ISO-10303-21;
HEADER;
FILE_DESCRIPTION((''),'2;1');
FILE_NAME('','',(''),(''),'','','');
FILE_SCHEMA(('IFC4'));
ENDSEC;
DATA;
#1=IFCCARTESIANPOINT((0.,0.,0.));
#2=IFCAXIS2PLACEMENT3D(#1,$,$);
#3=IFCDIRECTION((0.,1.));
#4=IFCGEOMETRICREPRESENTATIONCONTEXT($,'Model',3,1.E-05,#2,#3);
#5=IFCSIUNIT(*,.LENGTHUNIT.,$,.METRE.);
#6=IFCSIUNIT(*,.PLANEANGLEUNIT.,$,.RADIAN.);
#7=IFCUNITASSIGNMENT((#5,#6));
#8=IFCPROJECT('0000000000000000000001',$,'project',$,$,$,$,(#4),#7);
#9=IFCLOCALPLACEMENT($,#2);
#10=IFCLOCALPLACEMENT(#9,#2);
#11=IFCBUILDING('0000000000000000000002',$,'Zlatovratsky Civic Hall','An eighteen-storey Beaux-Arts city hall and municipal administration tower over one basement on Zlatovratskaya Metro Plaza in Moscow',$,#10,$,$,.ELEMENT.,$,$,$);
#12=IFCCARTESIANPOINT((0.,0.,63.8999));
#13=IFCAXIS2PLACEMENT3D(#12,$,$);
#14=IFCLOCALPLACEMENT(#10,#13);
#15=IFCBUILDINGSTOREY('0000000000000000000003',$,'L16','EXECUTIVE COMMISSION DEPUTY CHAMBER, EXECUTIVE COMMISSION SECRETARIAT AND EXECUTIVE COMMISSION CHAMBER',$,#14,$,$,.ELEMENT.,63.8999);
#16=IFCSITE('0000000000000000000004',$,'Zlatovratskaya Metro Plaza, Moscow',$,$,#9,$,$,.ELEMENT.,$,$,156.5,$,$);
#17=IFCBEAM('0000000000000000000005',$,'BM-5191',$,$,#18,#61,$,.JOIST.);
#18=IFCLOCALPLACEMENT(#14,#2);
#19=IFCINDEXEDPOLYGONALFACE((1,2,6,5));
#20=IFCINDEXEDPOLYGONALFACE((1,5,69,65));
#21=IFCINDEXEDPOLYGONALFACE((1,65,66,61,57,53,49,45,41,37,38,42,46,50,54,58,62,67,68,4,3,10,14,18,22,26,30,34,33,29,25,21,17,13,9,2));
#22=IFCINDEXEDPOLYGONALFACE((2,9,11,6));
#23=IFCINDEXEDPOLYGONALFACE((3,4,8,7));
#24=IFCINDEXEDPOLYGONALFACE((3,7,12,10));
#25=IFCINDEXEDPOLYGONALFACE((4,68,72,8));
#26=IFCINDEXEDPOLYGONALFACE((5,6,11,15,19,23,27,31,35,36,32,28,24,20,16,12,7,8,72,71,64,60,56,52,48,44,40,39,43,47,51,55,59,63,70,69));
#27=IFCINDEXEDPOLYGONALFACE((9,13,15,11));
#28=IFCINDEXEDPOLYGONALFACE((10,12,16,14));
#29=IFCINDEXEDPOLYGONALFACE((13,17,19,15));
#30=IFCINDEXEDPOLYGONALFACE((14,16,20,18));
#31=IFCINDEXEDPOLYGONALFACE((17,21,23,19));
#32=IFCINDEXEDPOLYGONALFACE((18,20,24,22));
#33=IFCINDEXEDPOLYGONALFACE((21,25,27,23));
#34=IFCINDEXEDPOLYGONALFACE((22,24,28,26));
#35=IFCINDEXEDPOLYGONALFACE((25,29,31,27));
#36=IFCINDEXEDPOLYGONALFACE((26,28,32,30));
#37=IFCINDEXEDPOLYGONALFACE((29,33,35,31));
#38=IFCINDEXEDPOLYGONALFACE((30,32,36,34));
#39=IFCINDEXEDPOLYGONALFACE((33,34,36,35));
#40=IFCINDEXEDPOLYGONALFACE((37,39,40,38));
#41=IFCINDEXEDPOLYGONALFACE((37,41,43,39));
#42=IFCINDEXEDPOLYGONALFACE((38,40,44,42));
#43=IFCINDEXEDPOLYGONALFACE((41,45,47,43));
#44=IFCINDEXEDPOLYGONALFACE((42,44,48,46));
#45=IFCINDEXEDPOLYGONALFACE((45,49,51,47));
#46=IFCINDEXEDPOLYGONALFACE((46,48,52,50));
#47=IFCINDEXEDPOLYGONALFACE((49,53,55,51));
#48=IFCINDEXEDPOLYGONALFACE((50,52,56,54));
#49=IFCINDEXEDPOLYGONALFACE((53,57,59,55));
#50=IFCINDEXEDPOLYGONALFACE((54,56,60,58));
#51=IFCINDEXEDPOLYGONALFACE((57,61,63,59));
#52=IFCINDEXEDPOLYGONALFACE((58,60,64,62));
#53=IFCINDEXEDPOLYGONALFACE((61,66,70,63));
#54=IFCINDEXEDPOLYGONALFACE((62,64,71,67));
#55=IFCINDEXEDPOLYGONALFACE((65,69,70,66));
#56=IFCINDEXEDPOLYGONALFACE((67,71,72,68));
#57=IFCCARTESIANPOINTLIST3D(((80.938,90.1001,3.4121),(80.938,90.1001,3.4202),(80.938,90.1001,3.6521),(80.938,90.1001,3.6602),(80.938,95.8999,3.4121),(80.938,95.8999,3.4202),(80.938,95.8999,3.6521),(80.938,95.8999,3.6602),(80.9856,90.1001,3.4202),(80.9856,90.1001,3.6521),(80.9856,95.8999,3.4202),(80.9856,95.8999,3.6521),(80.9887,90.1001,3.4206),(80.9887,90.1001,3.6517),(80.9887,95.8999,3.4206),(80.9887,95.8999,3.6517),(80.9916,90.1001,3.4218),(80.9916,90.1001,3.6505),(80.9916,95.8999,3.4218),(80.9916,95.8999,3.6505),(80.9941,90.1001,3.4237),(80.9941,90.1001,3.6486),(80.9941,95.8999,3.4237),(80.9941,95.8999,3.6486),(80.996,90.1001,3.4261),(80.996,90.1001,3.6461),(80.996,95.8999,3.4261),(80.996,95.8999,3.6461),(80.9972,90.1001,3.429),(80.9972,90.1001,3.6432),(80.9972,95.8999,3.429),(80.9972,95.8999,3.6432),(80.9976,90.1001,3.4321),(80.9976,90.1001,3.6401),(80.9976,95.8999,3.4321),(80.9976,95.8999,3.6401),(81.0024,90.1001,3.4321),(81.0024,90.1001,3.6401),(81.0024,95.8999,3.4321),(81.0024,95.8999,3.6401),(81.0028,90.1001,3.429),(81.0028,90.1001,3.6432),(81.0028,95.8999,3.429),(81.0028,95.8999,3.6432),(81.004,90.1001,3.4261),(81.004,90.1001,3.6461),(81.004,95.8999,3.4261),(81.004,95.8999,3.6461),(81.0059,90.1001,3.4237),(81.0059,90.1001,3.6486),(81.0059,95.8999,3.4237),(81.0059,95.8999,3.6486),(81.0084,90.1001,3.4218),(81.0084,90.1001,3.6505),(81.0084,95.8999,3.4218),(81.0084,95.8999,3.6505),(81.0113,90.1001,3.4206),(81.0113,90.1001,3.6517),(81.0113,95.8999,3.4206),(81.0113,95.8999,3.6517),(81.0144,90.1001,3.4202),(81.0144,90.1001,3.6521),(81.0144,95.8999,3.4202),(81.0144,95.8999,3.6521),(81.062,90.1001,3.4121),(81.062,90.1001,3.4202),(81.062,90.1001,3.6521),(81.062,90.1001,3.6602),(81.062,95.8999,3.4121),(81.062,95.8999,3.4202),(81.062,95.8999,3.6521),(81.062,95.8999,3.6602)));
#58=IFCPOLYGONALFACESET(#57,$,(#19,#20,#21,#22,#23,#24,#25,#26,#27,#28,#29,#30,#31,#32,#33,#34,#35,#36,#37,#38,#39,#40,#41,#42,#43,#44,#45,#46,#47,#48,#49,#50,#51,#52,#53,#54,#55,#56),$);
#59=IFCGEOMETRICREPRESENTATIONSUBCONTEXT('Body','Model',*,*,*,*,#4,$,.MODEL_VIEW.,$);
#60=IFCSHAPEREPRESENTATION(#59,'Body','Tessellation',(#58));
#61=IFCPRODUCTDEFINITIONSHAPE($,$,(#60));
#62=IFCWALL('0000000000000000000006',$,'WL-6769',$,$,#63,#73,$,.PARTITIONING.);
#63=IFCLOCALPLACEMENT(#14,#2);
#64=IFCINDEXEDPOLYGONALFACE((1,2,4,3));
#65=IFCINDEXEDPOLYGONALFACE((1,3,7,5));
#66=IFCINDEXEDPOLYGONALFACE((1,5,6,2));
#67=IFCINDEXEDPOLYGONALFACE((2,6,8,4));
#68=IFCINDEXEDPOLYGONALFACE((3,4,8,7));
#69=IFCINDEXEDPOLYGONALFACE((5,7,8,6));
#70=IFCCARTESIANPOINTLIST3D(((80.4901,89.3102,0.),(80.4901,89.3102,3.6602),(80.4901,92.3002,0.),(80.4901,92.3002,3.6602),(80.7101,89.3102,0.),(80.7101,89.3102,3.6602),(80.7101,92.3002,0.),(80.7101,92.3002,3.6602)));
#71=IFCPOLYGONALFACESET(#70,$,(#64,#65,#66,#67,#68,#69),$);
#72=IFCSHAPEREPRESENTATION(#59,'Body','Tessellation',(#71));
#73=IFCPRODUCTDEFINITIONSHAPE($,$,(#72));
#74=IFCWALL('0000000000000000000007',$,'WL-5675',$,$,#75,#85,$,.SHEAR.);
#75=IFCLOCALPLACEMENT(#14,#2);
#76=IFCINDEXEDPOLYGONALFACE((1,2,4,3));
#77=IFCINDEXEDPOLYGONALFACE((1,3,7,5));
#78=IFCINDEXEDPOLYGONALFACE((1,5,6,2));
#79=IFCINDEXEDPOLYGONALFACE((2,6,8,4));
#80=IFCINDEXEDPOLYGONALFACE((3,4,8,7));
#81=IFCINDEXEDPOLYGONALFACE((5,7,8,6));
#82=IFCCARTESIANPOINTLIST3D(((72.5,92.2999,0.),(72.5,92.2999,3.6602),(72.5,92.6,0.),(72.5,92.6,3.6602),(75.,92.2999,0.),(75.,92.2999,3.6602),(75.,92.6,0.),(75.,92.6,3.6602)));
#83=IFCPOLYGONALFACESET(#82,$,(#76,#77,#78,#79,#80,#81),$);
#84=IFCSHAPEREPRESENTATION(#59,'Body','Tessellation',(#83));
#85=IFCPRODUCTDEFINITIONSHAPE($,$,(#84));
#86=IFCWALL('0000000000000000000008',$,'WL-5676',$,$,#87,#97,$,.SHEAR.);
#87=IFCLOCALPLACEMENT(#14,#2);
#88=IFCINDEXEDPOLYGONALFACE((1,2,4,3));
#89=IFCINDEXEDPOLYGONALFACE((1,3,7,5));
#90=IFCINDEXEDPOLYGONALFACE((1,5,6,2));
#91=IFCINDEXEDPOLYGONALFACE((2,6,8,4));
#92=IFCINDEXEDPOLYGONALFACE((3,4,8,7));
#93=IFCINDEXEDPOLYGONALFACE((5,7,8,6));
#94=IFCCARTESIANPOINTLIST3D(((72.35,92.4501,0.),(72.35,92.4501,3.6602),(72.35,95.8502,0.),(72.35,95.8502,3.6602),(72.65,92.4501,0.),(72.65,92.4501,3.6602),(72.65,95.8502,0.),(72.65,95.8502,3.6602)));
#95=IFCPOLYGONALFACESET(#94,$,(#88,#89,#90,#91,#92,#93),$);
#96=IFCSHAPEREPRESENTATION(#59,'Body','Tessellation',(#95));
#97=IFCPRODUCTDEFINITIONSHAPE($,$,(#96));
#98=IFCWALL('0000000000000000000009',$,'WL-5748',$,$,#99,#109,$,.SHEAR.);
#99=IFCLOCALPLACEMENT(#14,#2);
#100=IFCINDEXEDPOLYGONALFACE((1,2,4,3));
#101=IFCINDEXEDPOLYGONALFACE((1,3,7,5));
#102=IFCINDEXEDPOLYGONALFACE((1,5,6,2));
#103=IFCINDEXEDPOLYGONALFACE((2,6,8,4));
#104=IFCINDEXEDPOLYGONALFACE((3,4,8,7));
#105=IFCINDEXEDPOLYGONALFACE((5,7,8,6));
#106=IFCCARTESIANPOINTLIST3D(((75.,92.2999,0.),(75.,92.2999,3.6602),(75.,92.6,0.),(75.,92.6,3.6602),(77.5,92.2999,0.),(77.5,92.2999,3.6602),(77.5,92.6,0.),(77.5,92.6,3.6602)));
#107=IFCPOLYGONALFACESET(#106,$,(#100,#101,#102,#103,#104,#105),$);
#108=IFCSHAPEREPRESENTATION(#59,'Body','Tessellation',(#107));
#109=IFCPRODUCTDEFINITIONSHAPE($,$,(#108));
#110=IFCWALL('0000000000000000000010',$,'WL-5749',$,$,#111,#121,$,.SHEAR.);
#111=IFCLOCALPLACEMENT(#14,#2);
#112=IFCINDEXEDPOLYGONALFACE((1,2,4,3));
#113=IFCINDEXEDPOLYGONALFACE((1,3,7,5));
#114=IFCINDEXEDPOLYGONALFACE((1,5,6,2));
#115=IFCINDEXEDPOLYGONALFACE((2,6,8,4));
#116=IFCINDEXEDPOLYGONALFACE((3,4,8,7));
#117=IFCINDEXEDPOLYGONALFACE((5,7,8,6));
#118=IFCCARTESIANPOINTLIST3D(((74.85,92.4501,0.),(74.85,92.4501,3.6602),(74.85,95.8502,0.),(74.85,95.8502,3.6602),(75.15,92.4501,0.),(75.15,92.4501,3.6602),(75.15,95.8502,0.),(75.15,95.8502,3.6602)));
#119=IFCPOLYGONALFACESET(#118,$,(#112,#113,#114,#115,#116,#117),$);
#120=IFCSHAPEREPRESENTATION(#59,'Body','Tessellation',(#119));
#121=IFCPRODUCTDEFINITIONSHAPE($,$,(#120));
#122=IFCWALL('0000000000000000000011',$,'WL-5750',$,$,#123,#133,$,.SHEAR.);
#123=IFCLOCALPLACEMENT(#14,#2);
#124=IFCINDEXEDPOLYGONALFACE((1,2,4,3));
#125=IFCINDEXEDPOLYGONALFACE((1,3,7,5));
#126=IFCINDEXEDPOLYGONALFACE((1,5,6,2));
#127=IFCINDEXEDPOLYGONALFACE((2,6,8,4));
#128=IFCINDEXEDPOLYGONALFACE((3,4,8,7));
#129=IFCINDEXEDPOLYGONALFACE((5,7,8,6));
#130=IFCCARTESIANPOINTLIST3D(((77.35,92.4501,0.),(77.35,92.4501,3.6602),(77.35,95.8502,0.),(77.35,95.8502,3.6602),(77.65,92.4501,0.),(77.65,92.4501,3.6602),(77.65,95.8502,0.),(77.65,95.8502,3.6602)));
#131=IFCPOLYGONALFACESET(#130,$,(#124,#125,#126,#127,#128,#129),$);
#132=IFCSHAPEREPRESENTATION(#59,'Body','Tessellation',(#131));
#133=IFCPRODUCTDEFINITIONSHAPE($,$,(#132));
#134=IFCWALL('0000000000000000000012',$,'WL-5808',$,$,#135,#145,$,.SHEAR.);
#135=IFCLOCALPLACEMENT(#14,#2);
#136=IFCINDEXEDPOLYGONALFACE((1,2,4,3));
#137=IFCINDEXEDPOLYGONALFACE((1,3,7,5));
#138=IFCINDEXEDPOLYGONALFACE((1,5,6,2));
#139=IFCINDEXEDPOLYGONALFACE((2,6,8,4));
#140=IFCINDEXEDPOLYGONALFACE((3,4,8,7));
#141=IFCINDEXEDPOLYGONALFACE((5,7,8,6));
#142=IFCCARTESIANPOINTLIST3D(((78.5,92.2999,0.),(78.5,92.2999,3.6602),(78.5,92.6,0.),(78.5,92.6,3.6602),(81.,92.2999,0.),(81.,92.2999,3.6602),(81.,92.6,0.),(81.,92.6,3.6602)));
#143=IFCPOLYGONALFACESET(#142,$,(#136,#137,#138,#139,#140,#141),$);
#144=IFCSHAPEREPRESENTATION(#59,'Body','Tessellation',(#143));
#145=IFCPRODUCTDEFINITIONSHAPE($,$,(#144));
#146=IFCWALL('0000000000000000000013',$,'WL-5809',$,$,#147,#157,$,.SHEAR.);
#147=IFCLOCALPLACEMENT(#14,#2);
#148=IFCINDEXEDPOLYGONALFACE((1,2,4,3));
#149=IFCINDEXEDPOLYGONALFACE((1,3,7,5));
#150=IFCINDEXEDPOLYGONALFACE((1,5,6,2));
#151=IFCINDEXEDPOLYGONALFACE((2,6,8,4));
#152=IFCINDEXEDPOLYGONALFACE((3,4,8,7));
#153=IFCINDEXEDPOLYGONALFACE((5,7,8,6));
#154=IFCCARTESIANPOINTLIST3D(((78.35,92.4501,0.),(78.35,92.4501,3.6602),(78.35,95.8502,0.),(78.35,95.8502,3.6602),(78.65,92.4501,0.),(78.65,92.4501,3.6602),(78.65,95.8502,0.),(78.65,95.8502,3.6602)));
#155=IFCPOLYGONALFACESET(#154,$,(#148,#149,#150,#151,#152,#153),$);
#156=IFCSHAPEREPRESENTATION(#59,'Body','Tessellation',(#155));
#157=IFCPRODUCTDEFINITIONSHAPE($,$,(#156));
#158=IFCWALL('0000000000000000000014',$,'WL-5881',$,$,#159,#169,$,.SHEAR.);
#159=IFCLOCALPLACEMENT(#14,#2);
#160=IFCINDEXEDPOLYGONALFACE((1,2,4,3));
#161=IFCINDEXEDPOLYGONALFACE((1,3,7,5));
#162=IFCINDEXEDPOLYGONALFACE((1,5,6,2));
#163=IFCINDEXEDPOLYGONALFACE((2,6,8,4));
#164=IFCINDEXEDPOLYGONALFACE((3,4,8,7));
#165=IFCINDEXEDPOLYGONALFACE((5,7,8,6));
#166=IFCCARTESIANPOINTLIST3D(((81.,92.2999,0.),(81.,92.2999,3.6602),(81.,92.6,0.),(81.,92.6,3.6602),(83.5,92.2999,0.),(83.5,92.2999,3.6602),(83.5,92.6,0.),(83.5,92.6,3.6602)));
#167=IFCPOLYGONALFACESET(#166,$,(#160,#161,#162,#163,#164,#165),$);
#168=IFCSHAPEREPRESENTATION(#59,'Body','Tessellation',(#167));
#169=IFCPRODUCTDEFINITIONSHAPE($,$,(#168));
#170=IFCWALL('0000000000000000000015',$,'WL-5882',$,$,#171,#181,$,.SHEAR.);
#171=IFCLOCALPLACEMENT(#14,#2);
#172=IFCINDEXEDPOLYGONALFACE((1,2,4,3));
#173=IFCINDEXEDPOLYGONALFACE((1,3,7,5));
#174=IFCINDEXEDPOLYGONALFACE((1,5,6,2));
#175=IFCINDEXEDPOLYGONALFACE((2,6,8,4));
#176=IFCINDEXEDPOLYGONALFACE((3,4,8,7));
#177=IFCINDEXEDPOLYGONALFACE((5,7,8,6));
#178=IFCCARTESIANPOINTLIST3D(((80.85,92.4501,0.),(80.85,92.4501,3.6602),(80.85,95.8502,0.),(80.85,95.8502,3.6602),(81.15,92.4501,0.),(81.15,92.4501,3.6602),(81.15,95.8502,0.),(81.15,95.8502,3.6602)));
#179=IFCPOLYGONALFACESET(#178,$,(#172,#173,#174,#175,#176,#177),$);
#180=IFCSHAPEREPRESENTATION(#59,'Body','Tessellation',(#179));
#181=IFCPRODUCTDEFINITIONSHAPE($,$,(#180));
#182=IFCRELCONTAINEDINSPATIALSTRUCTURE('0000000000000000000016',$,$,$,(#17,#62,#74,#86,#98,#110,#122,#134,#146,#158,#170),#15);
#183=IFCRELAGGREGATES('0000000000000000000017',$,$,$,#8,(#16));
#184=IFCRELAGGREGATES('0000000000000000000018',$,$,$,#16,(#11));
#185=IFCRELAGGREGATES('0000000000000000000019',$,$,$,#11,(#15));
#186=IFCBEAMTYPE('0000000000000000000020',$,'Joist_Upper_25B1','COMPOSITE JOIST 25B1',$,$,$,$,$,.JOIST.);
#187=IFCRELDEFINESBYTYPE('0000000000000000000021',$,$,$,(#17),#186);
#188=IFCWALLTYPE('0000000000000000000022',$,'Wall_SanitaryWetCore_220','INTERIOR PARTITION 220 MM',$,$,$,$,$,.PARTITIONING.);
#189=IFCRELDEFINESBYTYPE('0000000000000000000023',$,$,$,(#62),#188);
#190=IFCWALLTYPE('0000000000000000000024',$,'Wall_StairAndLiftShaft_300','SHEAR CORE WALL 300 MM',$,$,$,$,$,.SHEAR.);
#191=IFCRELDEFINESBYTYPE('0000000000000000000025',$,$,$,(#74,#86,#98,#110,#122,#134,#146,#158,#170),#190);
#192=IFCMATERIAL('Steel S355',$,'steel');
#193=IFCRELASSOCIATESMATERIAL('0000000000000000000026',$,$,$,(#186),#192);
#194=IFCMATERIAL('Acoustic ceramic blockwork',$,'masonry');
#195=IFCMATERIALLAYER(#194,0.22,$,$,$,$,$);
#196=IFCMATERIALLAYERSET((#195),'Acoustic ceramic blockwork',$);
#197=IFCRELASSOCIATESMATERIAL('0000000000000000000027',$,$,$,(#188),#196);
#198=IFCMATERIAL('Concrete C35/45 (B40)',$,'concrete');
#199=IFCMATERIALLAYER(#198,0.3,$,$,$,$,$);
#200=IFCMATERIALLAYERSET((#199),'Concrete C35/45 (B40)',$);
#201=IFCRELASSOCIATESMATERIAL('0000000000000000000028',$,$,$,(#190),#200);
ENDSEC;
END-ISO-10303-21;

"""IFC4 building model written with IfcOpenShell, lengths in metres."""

from ifc_helpers import new_model, si_unit, direction, frame, frame_2d, origin, origin_2d, place, context, subcontext, project, spatial, rectangle, i_section, extrude, material, layer, layer_set, material_profile, profile_set, type_object, element, save


model = new_model("IFC4")

# Units and contexts
model_context = context("Model", 3, precision=1e-05, world=origin(), true_north=direction((0.0, 1.0)))
body_context = subcontext(model_context, "Body", "Model", "MODEL_VIEW")
ifc_project = project(units=[si_unit("LENGTHUNIT", "METRE"), si_unit("PLANEANGLEUNIT", "RADIAN")], contexts=[model_context])

# Site, building, storey
site_placement = place(None, origin())
site = spatial("IfcSite", under=ifc_project, at=site_placement, Name="Zlatovratskaya Metro Plaza, Moscow", CompositionType="ELEMENT", RefElevation=156.5)
building_placement = place(site_placement, origin())
building = spatial("IfcBuilding", under=site, at=building_placement, Name="Zlatovratsky Civic Hall", Description="An eighteen-storey Beaux-Arts city hall and municipal administration tower over one basement on Zlatovratskaya Metro Plaza in Moscow", CompositionType="ELEMENT")
storey_placement = place(building_placement, frame((0.0, 0.0, 63.8999)))
storey = spatial("IfcBuildingStorey", under=building, at=storey_placement, Name="L16", Description="EXECUTIVE COMMISSION DEPUTY CHAMBER, EXECUTIVE COMMISSION SECRETARIAT AND EXECUTIVE COMMISSION CHAMBER", CompositionType="ELEMENT", Elevation=63.8999)

# Shared definitions
ifc_material_1 = material(Name="Concrete C35/45 (B40)", Category="concrete")

# Beam
ifc_material_2 = material(Name="Steel S355", Category="steel")
ifc_material_profile_1 = material_profile(ifc_material_2, i_section(OverallWidth=0.124, OverallDepth=0.248, WebThickness=0.0049, FlangeThickness=0.0081, FilletRadius=0.012, at=origin_2d()), Name="25B1")
ifc_profile_set_1 = profile_set([ifc_material_profile_1], Name="Steel S355")
beam_type_1 = type_object("IfcBeamType", Name="Joist_Upper_25B1", Description="COMPOSITE JOIST 25B1", PredefinedType="JOIST", material=ifc_profile_set_1)
beam_1_placement = place(storey_placement, frame((81.0, 90.1001, 3.5361), z_axis=(0.0, 1.0, 0.0), x_axis=(-1.0, 0.0, 0.0)))
element("IfcBeam", 1, at=beam_1_placement, inside=storey, type_object=beam_type_1, Name="BM-5191", PredefinedType="JOIST", context=body_context, shape_type="SweptSolid", body=[
    extrude(i_section(OverallWidth=0.124, OverallDepth=0.248, WebThickness=0.0049, FlangeThickness=0.0081, FilletRadius=0.012, at=origin_2d()), origin(), (0.0, 0.0, 1.0), 5.7998),
])

# Wall
ifc_material_3 = material(Name="Acoustic ceramic blockwork", Category="masonry")
ifc_layer_1 = layer(ifc_material_3, 0.22)
ifc_layer_set_1 = layer_set([ifc_layer_1], Name="Acoustic ceramic blockwork")
wall_type_1 = type_object("IfcWallType", Name="Wall_SanitaryWetCore_220", Description="INTERIOR PARTITION 220 MM", PredefinedType="PARTITIONING", material=ifc_layer_set_1)
wall_1_placement = place(storey_placement, frame((80.6001, 89.3101, 0.0), z_axis=(0.0, 0.0, 1.0), x_axis=(0.0, 1.0, 0.0)))
element("IfcWall", 2, at=wall_1_placement, inside=storey, type_object=wall_type_1, Name="WL-6769", PredefinedType="PARTITIONING", context=body_context, shape_type="SweptSolid", body=[
    extrude(rectangle(XDim=2.99, YDim=0.22, at=frame_2d((1.4951, 0.0))), origin(), (0.0, 0.0, 1.0), 3.6602),
])

# Shared definitions
ifc_layer_2 = layer(ifc_material_1, 0.3)
ifc_layer_set_2 = layer_set([ifc_layer_2], Name="Concrete C35/45 (B40)")
wall_type_2 = type_object("IfcWallType", Name="Wall_StairAndLiftShaft_300", Description="SHEAR CORE WALL 300 MM", PredefinedType="SHEAR", material=ifc_layer_set_2)

# Walls
wall_2_placement = place(storey_placement, frame((72.5, 92.45, 0.0), z_axis=(0.0, 0.0, 1.0), x_axis=(1.0, 0.0, 0.0)))
element("IfcWall", 3, at=wall_2_placement, inside=storey, type_object=wall_type_2, Name="WL-5675", PredefinedType="SHEAR", context=body_context, shape_type="SweptSolid", body=[
    extrude(rectangle(XDim=2.5, YDim=0.3, at=frame_2d((1.25, 0.0))), origin(), (0.0, 0.0, 1.0), 3.6602),
])
wall_3_placement = place(storey_placement, frame((72.5, 92.45, 0.0), z_axis=(0.0, 0.0, 1.0), x_axis=(0.0, 1.0, 0.0)))
element("IfcWall", 4, at=wall_3_placement, inside=storey, type_object=wall_type_2, Name="WL-5676", PredefinedType="SHEAR", context=body_context, shape_type="SweptSolid", body=[
    extrude(rectangle(XDim=3.4001, YDim=0.3, at=frame_2d((1.7002, 0.0))), origin(), (0.0, 0.0, 1.0), 3.6602),
])

# Walls
wall_4_placement = place(storey_placement, frame((75.0, 92.45, 0.0), z_axis=(0.0, 0.0, 1.0), x_axis=(1.0, 0.0, 0.0)))
element("IfcWall", 5, at=wall_4_placement, inside=storey, type_object=wall_type_2, Name="WL-5748", PredefinedType="SHEAR", context=body_context, shape_type="SweptSolid", body=[
    extrude(rectangle(XDim=2.5, YDim=0.3, at=frame_2d((1.25, 0.0))), origin(), (0.0, 0.0, 1.0), 3.6602),
])
for number, where, z_axis, x_axis, name in (
    (6, (75.0, 92.45, 0.0), (0.0, 0.0, 1.0), (0.0, 1.0, 0.0), "WL-5749"),
    (7, (77.5, 92.45, 0.0), (0.0, 0.0, 1.0), (0.0, 1.0, 0.0), "WL-5750"),
):
    element("IfcWall", number, at=place(storey_placement, frame(where, z_axis=z_axis, x_axis=x_axis)), inside=storey, type_object=wall_type_2, Name=name, PredefinedType="SHEAR", context=body_context, shape_type="SweptSolid", body=[
        extrude(rectangle(XDim=3.4001, YDim=0.3, at=frame_2d((1.7002, 0.0))), origin(), (0.0, 0.0, 1.0), 3.6602),
    ])

# Walls
wall_5_placement = place(storey_placement, frame((78.5, 92.45, 0.0), z_axis=(0.0, 0.0, 1.0), x_axis=(1.0, 0.0, 0.0)))
element("IfcWall", 8, at=wall_5_placement, inside=storey, type_object=wall_type_2, Name="WL-5808", PredefinedType="SHEAR", context=body_context, shape_type="SweptSolid", body=[
    extrude(rectangle(XDim=2.5, YDim=0.3, at=frame_2d((1.25, 0.0))), origin(), (0.0, 0.0, 1.0), 3.6602),
])
wall_6_placement = place(storey_placement, frame((78.5, 92.45, 0.0), z_axis=(0.0, 0.0, 1.0), x_axis=(0.0, 1.0, 0.0)))
element("IfcWall", 9, at=wall_6_placement, inside=storey, type_object=wall_type_2, Name="WL-5809", PredefinedType="SHEAR", context=body_context, shape_type="SweptSolid", body=[
    extrude(rectangle(XDim=3.4001, YDim=0.3, at=frame_2d((1.7002, 0.0))), origin(), (0.0, 0.0, 1.0), 3.6602),
])

# Walls
wall_7_placement = place(storey_placement, frame((81.0, 92.45, 0.0), z_axis=(0.0, 0.0, 1.0), x_axis=(1.0, 0.0, 0.0)))
element("IfcWall", 10, at=wall_7_placement, inside=storey, type_object=wall_type_2, Name="WL-5881", PredefinedType="SHEAR", context=body_context, shape_type="SweptSolid", body=[
    extrude(rectangle(XDim=2.5, YDim=0.3, at=frame_2d((1.25, 0.0))), origin(), (0.0, 0.0, 1.0), 3.6602),
])
wall_8_placement = place(storey_placement, frame((81.0, 92.45, 0.0), z_axis=(0.0, 0.0, 1.0), x_axis=(0.0, 1.0, 0.0)))
element("IfcWall", 11, at=wall_8_placement, inside=storey, type_object=wall_type_2, Name="WL-5882", PredefinedType="SHEAR", context=body_context, shape_type="SweptSolid", body=[
    extrude(rectangle(XDim=3.4001, YDim=0.3, at=frame_2d((1.7002, 0.0))), origin(), (0.0, 0.0, 1.0), 3.6602),
])

save(model, "model.ifc")
